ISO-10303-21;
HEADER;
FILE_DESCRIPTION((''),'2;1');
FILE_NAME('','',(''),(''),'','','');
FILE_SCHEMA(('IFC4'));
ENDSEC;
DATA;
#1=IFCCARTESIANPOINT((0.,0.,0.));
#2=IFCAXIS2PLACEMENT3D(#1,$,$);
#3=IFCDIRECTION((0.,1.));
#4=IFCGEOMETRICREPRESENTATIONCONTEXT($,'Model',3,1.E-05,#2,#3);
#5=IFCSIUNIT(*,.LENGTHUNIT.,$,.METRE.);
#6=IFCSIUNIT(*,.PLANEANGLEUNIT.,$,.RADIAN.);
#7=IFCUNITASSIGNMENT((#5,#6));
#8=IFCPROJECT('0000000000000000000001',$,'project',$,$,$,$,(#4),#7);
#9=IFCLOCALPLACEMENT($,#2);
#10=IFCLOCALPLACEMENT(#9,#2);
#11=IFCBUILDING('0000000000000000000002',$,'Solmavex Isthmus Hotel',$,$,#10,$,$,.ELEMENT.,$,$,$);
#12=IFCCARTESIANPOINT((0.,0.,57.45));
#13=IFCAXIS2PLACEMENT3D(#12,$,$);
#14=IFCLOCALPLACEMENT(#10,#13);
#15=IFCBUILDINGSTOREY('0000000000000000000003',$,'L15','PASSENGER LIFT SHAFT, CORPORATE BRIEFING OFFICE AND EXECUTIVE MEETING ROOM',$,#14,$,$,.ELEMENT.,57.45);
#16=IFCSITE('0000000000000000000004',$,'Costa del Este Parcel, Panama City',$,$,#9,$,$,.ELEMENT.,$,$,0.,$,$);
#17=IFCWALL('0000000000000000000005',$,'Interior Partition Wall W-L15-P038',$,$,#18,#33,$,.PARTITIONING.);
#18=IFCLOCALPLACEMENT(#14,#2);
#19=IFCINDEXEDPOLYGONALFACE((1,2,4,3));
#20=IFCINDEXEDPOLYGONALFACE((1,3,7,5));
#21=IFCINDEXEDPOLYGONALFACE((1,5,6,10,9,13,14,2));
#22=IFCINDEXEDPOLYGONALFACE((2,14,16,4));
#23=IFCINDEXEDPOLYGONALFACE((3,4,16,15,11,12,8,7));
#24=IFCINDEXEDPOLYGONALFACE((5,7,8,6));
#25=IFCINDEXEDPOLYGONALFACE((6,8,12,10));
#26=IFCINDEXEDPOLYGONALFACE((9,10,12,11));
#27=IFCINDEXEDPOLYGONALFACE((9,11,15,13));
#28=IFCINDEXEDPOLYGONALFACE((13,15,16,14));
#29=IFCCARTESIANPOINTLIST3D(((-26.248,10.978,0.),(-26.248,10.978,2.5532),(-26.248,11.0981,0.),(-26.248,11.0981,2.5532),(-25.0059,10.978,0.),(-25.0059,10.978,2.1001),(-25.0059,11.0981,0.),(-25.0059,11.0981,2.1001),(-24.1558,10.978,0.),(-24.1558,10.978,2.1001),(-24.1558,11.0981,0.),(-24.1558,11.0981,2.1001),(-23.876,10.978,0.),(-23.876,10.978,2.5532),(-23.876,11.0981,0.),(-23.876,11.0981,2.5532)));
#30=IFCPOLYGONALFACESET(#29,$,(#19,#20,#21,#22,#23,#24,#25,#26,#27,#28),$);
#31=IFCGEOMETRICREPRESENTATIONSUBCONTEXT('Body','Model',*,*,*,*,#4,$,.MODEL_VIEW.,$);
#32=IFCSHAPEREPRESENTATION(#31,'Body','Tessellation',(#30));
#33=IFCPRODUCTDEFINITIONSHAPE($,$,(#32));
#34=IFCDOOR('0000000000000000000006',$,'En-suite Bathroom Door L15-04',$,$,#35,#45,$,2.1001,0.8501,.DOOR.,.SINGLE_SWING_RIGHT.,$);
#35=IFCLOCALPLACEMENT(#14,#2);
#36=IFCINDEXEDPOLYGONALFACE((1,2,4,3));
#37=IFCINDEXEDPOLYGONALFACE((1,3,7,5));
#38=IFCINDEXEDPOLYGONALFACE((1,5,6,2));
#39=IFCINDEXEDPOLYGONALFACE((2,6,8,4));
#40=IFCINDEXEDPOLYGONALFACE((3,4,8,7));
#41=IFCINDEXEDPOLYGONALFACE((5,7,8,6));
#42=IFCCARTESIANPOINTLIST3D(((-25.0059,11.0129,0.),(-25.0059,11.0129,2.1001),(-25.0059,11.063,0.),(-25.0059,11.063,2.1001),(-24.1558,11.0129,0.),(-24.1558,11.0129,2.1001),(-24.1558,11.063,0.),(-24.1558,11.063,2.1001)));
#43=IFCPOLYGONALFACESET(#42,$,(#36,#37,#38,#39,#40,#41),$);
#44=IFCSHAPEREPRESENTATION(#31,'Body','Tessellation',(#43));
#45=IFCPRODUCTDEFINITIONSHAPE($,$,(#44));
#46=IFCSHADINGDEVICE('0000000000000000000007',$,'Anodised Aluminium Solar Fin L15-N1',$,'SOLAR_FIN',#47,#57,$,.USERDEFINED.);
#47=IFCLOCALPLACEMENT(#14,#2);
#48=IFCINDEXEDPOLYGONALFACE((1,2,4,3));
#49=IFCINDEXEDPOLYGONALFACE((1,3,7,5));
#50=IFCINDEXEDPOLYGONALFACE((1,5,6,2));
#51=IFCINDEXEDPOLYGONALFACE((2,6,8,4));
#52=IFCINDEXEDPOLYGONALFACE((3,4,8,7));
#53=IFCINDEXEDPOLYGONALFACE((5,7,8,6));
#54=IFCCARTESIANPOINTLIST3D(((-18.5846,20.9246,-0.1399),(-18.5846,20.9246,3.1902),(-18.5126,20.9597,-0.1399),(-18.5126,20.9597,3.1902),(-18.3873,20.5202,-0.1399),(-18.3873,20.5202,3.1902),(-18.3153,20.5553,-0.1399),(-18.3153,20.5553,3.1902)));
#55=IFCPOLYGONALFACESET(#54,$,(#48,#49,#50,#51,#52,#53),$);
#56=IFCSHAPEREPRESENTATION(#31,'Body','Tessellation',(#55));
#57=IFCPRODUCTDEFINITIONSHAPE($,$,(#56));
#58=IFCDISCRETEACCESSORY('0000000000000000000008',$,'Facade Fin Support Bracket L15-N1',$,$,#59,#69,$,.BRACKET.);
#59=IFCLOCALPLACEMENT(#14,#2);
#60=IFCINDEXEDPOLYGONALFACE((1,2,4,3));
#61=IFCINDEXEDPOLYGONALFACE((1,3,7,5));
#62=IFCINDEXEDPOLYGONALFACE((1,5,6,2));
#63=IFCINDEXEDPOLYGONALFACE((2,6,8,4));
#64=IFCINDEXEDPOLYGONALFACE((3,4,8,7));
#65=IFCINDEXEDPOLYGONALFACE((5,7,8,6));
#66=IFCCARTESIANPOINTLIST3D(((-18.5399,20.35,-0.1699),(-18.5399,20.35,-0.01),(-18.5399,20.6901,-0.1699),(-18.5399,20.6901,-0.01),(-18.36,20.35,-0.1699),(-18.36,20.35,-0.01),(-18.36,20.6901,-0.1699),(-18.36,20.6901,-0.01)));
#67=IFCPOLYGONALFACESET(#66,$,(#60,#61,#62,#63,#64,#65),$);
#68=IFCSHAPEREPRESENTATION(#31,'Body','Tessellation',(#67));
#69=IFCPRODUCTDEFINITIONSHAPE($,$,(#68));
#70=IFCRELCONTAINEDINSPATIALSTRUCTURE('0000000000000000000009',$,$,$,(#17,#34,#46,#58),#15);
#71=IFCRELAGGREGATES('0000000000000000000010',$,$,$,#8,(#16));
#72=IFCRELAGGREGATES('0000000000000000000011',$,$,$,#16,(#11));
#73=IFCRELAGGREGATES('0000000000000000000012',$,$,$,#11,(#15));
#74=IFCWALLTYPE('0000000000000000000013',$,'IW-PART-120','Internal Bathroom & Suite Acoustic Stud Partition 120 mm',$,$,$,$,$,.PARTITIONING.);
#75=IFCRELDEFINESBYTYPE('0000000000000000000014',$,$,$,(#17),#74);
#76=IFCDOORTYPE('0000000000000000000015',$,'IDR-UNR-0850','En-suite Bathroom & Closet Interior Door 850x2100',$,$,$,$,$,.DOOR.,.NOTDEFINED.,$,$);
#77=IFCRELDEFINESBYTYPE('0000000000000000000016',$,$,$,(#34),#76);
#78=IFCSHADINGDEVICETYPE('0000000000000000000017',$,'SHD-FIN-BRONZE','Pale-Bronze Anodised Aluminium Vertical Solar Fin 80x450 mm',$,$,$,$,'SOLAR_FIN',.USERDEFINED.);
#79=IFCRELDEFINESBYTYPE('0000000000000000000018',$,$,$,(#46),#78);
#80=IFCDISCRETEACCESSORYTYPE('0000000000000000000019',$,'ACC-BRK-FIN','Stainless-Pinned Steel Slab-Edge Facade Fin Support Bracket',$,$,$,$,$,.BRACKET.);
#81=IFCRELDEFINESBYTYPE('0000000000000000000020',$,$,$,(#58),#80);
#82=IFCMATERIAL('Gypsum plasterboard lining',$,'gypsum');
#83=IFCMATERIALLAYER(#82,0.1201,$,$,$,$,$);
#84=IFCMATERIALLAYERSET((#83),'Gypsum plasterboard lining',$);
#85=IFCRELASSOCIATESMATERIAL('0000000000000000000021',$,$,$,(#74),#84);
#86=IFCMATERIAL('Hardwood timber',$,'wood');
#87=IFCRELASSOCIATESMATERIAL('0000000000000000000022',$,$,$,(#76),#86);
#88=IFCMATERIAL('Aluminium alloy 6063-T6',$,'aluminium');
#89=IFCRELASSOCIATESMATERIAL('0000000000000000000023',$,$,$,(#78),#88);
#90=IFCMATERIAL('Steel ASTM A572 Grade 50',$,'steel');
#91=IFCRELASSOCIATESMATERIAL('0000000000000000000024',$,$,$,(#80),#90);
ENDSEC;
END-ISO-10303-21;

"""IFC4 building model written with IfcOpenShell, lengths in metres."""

from ifc_helpers import new_model, si_unit, direction, frame, frame_2d, origin, origin_2d, place, context, subcontext, project, spatial, rectangle, extrude, material, layer, layer_set, type_object, element, fill, save


model = new_model("IFC4")

# Units and contexts
model_context = context("Model", 3, precision=1e-05, world=origin(), true_north=direction((0.0, 1.0)))
body_context = subcontext(model_context, "Body", "Model", "MODEL_VIEW")
ifc_project = project(units=[si_unit("LENGTHUNIT", "METRE"), si_unit("PLANEANGLEUNIT", "RADIAN")], contexts=[model_context])

# Site, building, storey
site_placement = place(None, origin())
site = spatial("IfcSite", under=ifc_project, at=site_placement, Name="Costa del Este Parcel, Panama City", CompositionType="ELEMENT", RefElevation=0.0)
building_placement = place(site_placement, origin())
building = spatial("IfcBuilding", under=site, at=building_placement, Name="Solmavex Isthmus Hotel", CompositionType="ELEMENT")
storey_placement = place(building_placement, frame((0.0, 0.0, 57.45)))
storey = spatial("IfcBuildingStorey", under=building, at=storey_placement, Name="L15", Description="PASSENGER LIFT SHAFT, CORPORATE BRIEFING OFFICE AND EXECUTIVE MEETING ROOM", CompositionType="ELEMENT", Elevation=57.45)

# Shared definitions
ifc_material_1 = material(Name="Aluminium alloy 6063-T6", Category="aluminium")

# Shared definitions
ifc_material_2 = material(Name="Gypsum plasterboard lining", Category="gypsum")
ifc_material_3 = material(Name="Hardwood timber", Category="wood")

# Shared definitions
ifc_layer_1 = layer(ifc_material_2, 0.1201)
ifc_layer_set_1 = layer_set([ifc_layer_1], Name="Gypsum plasterboard lining")
wall_type_1 = type_object("IfcWallType", Name="IW-PART-120", Description="Internal Bathroom & Suite Acoustic Stud Partition 120 mm", PredefinedType="PARTITIONING", material=ifc_layer_set_1)

# Wall, opening, door
wall_1_placement = place(storey_placement, frame((-23.876, 11.0381, 0.0), z_axis=(0.0, 0.0, 1.0), x_axis=(-1.0, 0.0, 0.0)))
wall_1 = element("IfcWall", 1, at=wall_1_placement, inside=storey, type_object=wall_type_1, Name="Interior Partition Wall W-L15-P038", PredefinedType="PARTITIONING", context=body_context, shape_type="SweptSolid", body=[
    extrude(rectangle(XDim=2.3721, YDim=0.1201, at=frame_2d((1.186, 0.0))), origin(), (0.0, 0.0, 1.0), 2.5532),
])
opening_1_placement = place(wall_1_placement, frame((0.2798, 0.0, 0.0)))
opening_1 = element("IfcOpeningElement", 2, at=opening_1_placement, cuts=wall_1, PredefinedType="OPENING", context=body_context, shape_type="SweptSolid", body=[
    extrude(rectangle(XDim=0.8501, YDim=2.1001, at=frame_2d((0.425, 1.05))), frame((0.0, 0.0701, 0.0), z_axis=(0.0, -1.0, 0.0), x_axis=(1.0, 0.0, 0.0)), (0.0, 0.0, 1.0), 0.1401),
])
door_type_1 = type_object("IfcDoorType", Name="IDR-UNR-0850", Description="En-suite Bathroom & Closet Interior Door 850x2100", OperationType="NOTDEFINED", PredefinedType="DOOR", material=ifc_material_3)
door_1_placement = place(opening_1_placement, frame((0.8501, 0.0, 0.0), z_axis=(0.0, 0.0, 1.0), x_axis=(-1.0, 0.0, 0.0)))
door_1 = element("IfcDoor", 3, at=door_1_placement, inside=storey, type_object=door_type_1, Name="En-suite Bathroom Door L15-04", OperationType="SINGLE_SWING_RIGHT", OverallHeight=2.1001, OverallWidth=0.8501, PredefinedType="DOOR", context=body_context, shape_type="SweptSolid", body=[
    extrude(rectangle(XDim=0.8501, YDim=2.1001, at=frame_2d((0.425, 1.05))), frame((0.0, 0.0249, 0.0), z_axis=(0.0, -1.0, 0.0), x_axis=(1.0, 0.0, 0.0)), (0.0, 0.0, 1.0), 0.05),
])
fill(opening_1, door_1)

# Shading device
shading_device_type = type_object("IfcShadingDeviceType", Name="SHD-FIN-BRONZE", Description="Pale-Bronze Anodised Aluminium Vertical Solar Fin 80x450 mm", ElementType="SOLAR_FIN", PredefinedType="USERDEFINED", material=ifc_material_1)
shading_device_placement = place(storey_placement, frame((-18.45, 20.74, -0.1399), z_axis=(0.0, 0.0, 1.0), x_axis=(-0.438371, 0.898794, 0.0)))
element("IfcShadingDevice", 4, at=shading_device_placement, inside=storey, type_object=shading_device_type, Name="Anodised Aluminium Solar Fin L15-N1", ObjectType="SOLAR_FIN", PredefinedType="USERDEFINED", context=body_context, shape_type="SweptSolid", body=[
    extrude(rectangle(XDim=0.45, YDim=0.0801, at=origin_2d()), origin(), (0.0, 0.0, 1.0), 3.3301),
])

# Discrete accessory
ifc_material_4 = material(Name="Steel ASTM A572 Grade 50", Category="steel")
discrete_accessory_type = type_object("IfcDiscreteAccessoryType", Name="ACC-BRK-FIN", Description="Stainless-Pinned Steel Slab-Edge Facade Fin Support Bracket", PredefinedType="BRACKET", material=ifc_material_4)
discrete_accessory_placement = place(storey_placement, frame((-18.45, 20.52, -0.1699), z_axis=(0.0, 0.0, 1.0), x_axis=(0.0, 1.0, 0.0)))
element("IfcDiscreteAccessory", 5, at=discrete_accessory_placement, inside=storey, type_object=discrete_accessory_type, Name="Facade Fin Support Bracket L15-N1", PredefinedType="BRACKET", context=body_context, shape_type="SweptSolid", body=[
    extrude(rectangle(XDim=0.3401, YDim=0.1799, at=origin_2d()), origin(), (0.0, 0.0, 1.0), 0.1599),
])

save(model, "model.ifc")
